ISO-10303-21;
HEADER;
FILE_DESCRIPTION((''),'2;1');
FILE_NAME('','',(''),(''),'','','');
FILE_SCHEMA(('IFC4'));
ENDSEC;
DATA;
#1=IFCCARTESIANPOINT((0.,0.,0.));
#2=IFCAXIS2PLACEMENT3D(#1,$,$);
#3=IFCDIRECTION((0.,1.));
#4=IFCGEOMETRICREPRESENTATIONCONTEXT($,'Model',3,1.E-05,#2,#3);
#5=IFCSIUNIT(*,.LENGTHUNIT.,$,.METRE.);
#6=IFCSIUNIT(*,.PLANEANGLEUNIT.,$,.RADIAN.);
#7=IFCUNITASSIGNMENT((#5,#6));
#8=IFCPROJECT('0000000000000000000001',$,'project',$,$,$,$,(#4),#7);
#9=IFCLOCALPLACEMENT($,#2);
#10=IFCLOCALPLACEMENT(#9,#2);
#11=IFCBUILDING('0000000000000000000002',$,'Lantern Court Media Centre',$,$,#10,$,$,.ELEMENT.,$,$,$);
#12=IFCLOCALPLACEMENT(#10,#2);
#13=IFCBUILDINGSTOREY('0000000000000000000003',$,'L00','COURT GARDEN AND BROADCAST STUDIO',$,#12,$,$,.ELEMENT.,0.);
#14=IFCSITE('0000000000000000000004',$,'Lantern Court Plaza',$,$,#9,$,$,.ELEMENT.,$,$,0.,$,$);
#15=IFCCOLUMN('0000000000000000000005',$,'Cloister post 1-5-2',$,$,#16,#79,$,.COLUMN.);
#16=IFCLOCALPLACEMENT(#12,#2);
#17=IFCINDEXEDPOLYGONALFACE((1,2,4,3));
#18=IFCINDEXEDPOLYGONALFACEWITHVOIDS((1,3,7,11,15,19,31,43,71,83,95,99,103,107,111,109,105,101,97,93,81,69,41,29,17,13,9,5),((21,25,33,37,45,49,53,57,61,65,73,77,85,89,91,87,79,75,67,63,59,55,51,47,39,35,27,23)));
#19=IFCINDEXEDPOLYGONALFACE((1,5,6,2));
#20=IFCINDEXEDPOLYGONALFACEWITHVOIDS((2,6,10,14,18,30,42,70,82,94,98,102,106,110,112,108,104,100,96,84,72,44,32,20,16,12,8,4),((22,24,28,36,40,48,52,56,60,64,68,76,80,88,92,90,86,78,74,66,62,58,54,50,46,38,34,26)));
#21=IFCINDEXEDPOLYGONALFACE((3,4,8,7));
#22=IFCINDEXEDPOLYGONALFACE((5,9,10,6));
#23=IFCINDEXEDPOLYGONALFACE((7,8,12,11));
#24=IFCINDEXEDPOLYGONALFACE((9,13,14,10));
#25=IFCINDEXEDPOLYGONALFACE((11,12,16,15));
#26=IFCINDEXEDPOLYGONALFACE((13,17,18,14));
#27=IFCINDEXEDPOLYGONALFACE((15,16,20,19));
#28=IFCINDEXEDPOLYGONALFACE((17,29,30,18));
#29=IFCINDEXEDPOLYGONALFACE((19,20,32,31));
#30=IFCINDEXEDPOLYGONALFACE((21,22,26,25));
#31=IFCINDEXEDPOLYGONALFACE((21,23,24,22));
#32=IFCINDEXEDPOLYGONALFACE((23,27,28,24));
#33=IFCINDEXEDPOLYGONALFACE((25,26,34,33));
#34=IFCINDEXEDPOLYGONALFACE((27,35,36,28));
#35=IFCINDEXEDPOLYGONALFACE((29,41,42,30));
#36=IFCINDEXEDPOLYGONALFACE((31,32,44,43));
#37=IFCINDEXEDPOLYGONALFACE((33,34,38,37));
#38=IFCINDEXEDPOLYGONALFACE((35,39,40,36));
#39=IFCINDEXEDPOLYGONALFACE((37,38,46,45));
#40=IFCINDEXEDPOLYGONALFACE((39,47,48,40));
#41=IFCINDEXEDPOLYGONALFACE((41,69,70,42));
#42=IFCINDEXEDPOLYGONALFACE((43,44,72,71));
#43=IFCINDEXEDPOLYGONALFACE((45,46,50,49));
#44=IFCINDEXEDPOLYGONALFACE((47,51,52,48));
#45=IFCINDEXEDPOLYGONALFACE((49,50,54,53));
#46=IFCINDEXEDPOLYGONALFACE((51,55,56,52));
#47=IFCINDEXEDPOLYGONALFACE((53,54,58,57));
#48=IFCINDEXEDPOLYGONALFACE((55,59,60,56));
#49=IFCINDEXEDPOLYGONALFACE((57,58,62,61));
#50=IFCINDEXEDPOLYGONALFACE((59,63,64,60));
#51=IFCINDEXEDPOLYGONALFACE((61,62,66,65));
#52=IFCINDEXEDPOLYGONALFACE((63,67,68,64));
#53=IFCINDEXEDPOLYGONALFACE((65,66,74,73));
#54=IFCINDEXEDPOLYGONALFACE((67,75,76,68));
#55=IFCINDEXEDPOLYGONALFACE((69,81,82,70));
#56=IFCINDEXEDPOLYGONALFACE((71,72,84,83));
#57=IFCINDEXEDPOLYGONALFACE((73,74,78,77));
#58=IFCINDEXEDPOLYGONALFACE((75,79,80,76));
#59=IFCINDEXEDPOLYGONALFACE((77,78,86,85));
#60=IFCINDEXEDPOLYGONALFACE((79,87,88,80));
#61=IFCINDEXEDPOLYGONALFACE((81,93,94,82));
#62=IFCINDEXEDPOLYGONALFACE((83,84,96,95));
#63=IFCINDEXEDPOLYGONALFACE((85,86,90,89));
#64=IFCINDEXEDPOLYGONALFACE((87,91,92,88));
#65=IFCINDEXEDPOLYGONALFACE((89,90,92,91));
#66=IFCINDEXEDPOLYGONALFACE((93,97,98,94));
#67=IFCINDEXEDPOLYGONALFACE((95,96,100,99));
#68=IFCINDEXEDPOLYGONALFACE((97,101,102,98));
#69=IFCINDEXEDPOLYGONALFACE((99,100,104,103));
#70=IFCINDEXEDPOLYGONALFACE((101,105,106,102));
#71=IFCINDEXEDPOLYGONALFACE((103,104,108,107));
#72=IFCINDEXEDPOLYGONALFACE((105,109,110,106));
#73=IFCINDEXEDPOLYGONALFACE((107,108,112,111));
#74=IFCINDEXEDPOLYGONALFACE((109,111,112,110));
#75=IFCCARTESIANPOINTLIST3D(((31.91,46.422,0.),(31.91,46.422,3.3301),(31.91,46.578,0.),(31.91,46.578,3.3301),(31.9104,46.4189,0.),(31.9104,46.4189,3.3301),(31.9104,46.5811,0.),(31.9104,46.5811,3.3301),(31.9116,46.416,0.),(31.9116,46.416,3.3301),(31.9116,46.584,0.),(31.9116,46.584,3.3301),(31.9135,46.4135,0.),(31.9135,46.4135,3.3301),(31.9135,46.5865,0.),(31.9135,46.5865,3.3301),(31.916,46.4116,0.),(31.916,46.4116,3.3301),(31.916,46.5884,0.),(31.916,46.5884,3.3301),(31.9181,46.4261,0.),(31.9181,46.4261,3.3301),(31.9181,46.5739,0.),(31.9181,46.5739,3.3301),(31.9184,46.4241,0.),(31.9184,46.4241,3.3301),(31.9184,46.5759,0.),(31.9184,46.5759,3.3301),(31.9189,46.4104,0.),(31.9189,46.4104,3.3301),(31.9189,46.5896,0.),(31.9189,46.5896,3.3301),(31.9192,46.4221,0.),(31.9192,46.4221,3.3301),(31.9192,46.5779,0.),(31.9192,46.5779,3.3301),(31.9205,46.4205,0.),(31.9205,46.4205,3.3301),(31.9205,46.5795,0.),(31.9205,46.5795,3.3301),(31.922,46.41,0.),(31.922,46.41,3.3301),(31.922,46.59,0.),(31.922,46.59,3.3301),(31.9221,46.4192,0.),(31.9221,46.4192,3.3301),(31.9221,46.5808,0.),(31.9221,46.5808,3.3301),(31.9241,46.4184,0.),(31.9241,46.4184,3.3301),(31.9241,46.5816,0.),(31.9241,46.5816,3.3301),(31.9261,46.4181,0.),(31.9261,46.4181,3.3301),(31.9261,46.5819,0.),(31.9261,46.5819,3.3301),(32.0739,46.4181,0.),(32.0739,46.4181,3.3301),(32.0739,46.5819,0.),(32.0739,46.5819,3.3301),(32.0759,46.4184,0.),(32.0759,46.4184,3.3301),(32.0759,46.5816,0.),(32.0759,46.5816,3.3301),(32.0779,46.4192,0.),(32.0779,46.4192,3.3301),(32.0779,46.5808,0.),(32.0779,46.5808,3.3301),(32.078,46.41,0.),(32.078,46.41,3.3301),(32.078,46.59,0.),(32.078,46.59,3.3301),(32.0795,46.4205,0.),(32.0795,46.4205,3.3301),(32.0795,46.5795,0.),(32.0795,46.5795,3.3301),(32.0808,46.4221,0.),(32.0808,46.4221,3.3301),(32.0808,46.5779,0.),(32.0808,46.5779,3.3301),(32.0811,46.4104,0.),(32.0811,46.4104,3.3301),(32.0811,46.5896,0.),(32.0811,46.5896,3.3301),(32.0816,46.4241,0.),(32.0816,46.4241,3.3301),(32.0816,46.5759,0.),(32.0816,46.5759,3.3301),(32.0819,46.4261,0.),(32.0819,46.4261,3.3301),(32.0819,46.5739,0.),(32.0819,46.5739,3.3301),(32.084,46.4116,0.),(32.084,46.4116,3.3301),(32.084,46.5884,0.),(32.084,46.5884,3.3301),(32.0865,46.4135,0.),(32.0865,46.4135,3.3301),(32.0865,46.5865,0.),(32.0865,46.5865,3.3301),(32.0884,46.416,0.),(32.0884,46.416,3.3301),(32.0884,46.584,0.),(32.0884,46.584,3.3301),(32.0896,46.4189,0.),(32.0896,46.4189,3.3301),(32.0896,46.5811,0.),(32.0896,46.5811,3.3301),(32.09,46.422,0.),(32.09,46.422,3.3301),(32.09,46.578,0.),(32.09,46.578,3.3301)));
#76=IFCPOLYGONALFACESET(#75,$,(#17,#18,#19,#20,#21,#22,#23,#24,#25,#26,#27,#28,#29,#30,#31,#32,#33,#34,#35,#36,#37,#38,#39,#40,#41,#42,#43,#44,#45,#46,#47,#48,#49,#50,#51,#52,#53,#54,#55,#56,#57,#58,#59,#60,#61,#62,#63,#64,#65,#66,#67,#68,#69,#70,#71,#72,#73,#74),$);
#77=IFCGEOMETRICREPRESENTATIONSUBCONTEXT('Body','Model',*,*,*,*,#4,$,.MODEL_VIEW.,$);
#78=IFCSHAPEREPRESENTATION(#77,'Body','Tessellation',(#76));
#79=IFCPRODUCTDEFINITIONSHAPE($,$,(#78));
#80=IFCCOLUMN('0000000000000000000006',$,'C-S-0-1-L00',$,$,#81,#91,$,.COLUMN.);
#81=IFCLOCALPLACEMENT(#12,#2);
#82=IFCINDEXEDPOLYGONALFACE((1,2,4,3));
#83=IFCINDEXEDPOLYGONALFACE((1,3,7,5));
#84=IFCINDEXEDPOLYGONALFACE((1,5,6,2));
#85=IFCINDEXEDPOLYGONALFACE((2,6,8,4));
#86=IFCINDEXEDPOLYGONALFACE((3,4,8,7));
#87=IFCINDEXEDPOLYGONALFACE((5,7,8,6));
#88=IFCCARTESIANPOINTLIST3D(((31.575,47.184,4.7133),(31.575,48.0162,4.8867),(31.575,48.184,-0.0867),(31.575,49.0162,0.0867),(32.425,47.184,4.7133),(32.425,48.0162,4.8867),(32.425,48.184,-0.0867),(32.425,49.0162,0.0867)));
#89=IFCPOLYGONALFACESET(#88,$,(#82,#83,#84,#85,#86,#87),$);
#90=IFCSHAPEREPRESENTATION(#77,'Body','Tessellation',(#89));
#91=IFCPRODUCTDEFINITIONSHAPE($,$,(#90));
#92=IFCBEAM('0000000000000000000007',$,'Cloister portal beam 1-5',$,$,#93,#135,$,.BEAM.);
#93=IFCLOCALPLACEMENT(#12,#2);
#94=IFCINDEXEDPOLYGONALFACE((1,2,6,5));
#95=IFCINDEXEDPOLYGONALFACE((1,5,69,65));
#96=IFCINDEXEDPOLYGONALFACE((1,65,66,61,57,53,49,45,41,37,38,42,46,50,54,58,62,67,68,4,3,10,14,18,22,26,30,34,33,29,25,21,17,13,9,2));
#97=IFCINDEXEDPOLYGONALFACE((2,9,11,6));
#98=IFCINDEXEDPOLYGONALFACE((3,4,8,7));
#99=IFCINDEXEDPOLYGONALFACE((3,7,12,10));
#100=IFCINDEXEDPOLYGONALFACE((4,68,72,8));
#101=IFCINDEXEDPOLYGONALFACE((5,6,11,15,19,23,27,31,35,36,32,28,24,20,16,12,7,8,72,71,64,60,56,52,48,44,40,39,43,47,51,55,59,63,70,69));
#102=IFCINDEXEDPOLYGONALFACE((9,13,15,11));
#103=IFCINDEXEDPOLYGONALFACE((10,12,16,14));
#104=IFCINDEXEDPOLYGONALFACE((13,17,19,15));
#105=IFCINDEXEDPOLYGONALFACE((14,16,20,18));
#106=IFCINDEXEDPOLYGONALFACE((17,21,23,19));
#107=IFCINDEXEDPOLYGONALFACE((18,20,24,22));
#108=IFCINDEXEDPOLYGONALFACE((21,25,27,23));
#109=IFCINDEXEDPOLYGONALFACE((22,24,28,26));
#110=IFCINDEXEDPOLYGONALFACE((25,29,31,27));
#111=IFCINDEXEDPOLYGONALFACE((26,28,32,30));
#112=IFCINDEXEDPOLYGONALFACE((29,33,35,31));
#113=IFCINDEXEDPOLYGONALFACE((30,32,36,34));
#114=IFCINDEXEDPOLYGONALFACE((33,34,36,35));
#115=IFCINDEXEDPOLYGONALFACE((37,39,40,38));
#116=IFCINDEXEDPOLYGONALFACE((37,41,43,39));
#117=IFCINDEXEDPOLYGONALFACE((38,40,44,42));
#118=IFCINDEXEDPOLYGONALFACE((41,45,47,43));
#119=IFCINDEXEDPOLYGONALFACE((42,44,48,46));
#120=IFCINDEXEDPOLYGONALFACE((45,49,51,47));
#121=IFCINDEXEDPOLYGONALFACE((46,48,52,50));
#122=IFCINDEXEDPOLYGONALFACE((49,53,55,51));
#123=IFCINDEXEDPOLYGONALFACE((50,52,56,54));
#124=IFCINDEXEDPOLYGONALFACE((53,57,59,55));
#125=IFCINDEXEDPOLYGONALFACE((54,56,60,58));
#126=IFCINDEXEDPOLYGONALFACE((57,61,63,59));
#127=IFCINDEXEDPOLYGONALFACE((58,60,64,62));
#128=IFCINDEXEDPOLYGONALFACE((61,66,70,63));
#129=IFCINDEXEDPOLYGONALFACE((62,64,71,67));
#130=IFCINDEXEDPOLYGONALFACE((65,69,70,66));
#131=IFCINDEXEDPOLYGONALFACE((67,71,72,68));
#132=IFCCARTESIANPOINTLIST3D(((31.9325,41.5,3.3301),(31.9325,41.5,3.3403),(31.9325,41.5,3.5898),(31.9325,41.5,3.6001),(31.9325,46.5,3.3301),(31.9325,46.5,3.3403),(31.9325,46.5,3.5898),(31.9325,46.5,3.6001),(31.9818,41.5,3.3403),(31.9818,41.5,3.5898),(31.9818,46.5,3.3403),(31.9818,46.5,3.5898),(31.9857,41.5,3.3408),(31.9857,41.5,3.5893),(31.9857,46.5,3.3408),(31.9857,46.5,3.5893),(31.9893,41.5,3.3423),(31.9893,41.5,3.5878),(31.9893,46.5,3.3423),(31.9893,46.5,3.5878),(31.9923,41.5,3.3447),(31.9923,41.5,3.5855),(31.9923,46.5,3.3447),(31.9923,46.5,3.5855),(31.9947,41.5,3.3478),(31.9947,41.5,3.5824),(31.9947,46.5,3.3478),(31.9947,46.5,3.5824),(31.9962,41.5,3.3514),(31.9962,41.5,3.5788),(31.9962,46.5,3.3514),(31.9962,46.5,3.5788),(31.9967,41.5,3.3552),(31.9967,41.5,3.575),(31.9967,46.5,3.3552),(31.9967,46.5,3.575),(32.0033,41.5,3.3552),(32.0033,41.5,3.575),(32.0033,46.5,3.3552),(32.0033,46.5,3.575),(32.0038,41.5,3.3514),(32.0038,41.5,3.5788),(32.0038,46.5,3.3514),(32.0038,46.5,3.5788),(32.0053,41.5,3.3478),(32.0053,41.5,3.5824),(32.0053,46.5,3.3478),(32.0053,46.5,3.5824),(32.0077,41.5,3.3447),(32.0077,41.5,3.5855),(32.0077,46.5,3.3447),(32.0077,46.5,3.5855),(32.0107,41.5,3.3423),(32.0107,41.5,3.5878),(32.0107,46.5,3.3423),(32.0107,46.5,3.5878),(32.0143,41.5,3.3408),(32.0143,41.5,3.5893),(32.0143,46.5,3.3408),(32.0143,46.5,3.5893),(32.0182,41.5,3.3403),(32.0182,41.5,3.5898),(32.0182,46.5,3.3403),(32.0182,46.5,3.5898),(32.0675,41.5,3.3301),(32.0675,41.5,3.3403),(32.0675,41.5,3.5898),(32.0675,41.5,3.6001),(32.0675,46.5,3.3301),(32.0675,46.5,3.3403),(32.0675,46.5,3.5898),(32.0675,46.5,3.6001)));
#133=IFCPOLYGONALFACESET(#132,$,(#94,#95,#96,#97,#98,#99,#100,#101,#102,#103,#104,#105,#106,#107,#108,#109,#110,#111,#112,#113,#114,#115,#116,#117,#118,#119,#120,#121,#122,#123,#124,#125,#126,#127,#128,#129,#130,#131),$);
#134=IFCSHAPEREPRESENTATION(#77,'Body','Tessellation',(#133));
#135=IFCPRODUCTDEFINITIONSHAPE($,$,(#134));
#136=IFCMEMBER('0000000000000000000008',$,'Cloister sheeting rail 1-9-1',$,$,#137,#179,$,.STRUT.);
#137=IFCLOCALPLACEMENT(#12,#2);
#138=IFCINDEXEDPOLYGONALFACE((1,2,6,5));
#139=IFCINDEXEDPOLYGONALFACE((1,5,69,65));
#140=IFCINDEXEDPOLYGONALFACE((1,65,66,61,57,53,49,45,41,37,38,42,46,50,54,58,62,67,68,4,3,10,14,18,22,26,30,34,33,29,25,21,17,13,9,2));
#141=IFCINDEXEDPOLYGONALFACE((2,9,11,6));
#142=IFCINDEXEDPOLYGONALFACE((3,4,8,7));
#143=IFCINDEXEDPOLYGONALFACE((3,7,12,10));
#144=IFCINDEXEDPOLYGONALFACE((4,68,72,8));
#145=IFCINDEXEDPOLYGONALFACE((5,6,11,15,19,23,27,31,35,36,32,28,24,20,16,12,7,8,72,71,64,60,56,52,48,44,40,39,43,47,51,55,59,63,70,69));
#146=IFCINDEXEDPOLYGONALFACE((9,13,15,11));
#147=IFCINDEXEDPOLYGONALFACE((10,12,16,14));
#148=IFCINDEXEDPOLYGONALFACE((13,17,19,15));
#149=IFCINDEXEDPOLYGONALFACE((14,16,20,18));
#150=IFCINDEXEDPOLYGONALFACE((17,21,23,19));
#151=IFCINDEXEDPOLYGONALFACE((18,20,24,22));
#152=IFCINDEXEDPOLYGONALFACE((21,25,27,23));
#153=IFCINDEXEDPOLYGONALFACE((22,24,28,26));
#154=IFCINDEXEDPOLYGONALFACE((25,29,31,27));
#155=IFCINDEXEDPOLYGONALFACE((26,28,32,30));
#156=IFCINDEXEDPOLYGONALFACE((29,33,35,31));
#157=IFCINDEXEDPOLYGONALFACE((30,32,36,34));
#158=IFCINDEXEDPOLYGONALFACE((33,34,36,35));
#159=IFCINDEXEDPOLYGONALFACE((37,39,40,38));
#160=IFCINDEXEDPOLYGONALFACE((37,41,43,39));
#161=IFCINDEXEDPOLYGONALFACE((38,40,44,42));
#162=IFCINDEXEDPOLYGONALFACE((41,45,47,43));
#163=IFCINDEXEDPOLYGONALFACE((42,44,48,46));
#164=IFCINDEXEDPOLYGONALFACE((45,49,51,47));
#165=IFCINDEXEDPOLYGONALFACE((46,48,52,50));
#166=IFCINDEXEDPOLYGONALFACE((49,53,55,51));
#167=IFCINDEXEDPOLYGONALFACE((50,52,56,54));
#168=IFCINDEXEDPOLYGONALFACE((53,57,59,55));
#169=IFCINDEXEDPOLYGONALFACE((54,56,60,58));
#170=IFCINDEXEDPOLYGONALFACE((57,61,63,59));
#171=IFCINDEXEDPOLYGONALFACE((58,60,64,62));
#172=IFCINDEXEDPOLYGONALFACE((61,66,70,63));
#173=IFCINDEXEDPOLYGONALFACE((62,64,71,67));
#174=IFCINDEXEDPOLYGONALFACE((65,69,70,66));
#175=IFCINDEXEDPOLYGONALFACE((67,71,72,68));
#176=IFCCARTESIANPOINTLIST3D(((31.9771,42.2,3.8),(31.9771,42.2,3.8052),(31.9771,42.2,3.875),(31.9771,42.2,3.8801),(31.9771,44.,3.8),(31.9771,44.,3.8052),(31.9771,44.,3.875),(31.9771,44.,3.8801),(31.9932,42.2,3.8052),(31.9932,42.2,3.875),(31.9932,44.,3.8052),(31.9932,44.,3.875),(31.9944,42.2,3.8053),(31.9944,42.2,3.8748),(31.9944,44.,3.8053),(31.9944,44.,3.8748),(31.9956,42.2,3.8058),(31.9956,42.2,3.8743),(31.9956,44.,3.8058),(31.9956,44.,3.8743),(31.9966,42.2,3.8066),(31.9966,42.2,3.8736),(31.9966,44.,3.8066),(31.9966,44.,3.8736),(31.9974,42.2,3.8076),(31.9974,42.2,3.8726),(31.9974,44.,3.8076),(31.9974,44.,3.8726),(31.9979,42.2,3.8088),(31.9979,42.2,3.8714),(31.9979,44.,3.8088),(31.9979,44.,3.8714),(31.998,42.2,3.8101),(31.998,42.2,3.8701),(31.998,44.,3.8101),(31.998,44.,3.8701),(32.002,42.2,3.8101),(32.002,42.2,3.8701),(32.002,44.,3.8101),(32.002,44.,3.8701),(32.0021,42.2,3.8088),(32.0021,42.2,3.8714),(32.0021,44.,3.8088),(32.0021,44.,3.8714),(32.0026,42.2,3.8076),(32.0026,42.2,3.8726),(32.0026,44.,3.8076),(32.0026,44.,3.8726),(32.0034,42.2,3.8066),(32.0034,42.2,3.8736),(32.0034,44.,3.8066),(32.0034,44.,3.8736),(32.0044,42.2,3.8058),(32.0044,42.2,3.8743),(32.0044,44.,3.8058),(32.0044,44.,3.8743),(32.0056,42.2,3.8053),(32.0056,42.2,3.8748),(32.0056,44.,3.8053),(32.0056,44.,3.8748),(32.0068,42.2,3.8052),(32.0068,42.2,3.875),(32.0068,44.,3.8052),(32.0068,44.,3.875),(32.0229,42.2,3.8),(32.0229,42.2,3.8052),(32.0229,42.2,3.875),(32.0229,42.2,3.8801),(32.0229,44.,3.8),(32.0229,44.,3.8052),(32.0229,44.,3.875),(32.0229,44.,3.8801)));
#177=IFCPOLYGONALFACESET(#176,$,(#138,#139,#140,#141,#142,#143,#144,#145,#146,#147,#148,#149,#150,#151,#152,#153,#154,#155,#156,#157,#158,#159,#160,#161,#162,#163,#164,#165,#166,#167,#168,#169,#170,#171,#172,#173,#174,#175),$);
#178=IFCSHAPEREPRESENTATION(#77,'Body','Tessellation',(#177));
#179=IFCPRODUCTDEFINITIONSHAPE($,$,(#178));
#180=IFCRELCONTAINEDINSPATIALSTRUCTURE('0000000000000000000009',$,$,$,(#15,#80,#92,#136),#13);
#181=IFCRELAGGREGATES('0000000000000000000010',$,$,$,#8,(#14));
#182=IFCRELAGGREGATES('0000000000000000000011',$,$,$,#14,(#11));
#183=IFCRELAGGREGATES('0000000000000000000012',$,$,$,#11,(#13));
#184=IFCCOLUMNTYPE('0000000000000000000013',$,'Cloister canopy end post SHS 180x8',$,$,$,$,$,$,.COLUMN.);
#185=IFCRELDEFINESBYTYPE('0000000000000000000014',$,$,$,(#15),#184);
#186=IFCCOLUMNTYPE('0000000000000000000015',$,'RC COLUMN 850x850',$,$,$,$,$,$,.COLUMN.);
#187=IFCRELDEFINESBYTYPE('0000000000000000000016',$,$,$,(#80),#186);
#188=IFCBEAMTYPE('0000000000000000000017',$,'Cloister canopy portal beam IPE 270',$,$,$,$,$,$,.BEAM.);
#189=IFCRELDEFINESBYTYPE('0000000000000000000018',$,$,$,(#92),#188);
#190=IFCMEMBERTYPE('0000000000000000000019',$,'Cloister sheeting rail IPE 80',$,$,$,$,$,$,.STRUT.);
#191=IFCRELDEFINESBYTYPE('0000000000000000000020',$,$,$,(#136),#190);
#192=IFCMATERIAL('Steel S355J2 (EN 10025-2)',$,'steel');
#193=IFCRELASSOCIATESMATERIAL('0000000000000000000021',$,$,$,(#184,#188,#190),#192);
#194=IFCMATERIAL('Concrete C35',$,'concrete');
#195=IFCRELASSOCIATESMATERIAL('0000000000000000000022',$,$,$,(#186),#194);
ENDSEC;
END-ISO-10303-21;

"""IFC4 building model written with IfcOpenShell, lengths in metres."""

from ifc_helpers import new_model, si_unit, direction, frame, origin, origin_2d, place, context, subcontext, project, spatial, rectangle, hollow_rectangle, i_section, extrude, material, material_profile, profile_set, type_object, element, save


model = new_model("IFC4")

# Units and contexts
model_context = context("Model", 3, precision=1e-05, world=origin(), true_north=direction((0.0, 1.0)))
body_context = subcontext(model_context, "Body", "Model", "MODEL_VIEW")
ifc_project = project(units=[si_unit("LENGTHUNIT", "METRE"), si_unit("PLANEANGLEUNIT", "RADIAN")], contexts=[model_context])

# Site, building, storey
site_placement = place(None, origin())
site = spatial("IfcSite", under=ifc_project, at=site_placement, Name="Lantern Court Plaza", CompositionType="ELEMENT", RefElevation=0.0)
building_placement = place(site_placement, origin())
building = spatial("IfcBuilding", under=site, at=building_placement, Name="Lantern Court Media Centre", CompositionType="ELEMENT")
storey_placement = place(building_placement, origin())
storey = spatial("IfcBuildingStorey", under=building, at=storey_placement, Name="L00", Description="COURT GARDEN AND BROADCAST STUDIO", CompositionType="ELEMENT", Elevation=0.0)

# Columns
ifc_material_1 = material(Name="Steel S355J2 (EN 10025-2)", Category="steel")
ifc_material_profile_1 = material_profile(ifc_material_1, hollow_rectangle(XDim=0.1799, YDim=0.1799, WallThickness=0.0081, InnerFilletRadius=0.0081, OuterFilletRadius=0.012, at=origin_2d()), Name="Cloister canopy end post SHS 180x8")
ifc_profile_set_1 = profile_set([ifc_material_profile_1], Name="Steel S355J2 (EN 10025-2)")
column_type_1 = type_object("IfcColumnType", Name="Cloister canopy end post SHS 180x8", PredefinedType="COLUMN", material=ifc_profile_set_1)
for number, where, z_axis, x_axis, name in (
    (1, (32.0, 46.5, 0.0), (0.0, 0.0, 1.0), (1.0, 0.0, 0.0), "Cloister post 1-5-2"),
):
    element("IfcColumn", number, at=place(storey_placement, frame(where, z_axis=z_axis, x_axis=x_axis)), inside=storey, type_object=column_type_1, Name=name, PredefinedType="COLUMN", context=body_context, shape_type="SweptSolid", body=[
        extrude(hollow_rectangle(XDim=0.1799, YDim=0.1799, WallThickness=0.0081, InnerFilletRadius=0.0081, OuterFilletRadius=0.012, at=origin_2d()), origin(), (0.0, 0.0, 1.0), 3.3301),
    ])
ifc_material_2 = material(Name="Concrete C35", Category="concrete")
ifc_material_profile_2 = material_profile(ifc_material_2, rectangle(XDim=0.8501, YDim=0.8501, at=origin_2d()), Name="RC 850x850")
ifc_profile_set_2 = profile_set([ifc_material_profile_2], Name="Concrete C35")
column_type_2 = type_object("IfcColumnType", Name="RC COLUMN 850x850", PredefinedType="COLUMN", material=ifc_profile_set_2)
column_1_placement = place(storey_placement, frame((32.0, 48.6001, 0.0), z_axis=(0.0, -0.203952, 0.978981), x_axis=(1.0, 0.0, 0.0)))
element("IfcColumn", 2, at=column_1_placement, inside=storey, type_object=column_type_2, Name="C-S-0-1-L00", PredefinedType="COLUMN", context=body_context, shape_type="SweptSolid", body=[
    extrude(rectangle(XDim=0.8501, YDim=0.8501, at=origin_2d()), origin(), (0.0, 0.0, 1.0), 4.9031),
])

# Beam
ifc_material_profile_3 = material_profile(ifc_material_1, i_section(OverallWidth=0.135, OverallDepth=0.27, WebThickness=0.0066, FlangeThickness=0.0103, FilletRadius=0.0149, at=origin_2d()), Name="IPE 270")
ifc_profile_set_3 = profile_set([ifc_material_profile_3], Name="Steel S355J2 (EN 10025-2)")
beam_type_1 = type_object("IfcBeamType", Name="Cloister canopy portal beam IPE 270", PredefinedType="BEAM", material=ifc_profile_set_3)
beam_1_placement = place(storey_placement, frame((32.0, 41.5, 3.4651), z_axis=(0.0, 1.0, 0.0), x_axis=(-1.0, 0.0, 0.0)))
element("IfcBeam", 3, at=beam_1_placement, inside=storey, type_object=beam_type_1, Name="Cloister portal beam 1-5", PredefinedType="BEAM", context=body_context, shape_type="SweptSolid", body=[
    extrude(i_section(OverallWidth=0.135, OverallDepth=0.27, WebThickness=0.0066, FlangeThickness=0.0103, FilletRadius=0.0149, at=origin_2d()), origin(), (0.0, 0.0, 1.0), 5.0),
])

# Member
ifc_material_profile_4 = material_profile(ifc_material_1, i_section(OverallWidth=0.0459, OverallDepth=0.0801, WebThickness=0.0039, FlangeThickness=0.0051, FilletRadius=0.0049, at=origin_2d()), Name="IPE 80")
ifc_profile_set_4 = profile_set([ifc_material_profile_4], Name="Steel S355J2 (EN 10025-2)")
member_type_1 = type_object("IfcMemberType", Name="Cloister sheeting rail IPE 80", PredefinedType="STRUT", material=ifc_profile_set_4)
for number, where, z_axis, x_axis, name in (
    (4, (32.0, 42.2, 3.8401), (0.0, 1.0, 0.0), (-1.0, 0.0, 0.0), "Cloister sheeting rail 1-9-1"),
):
    element("IfcMember", number, at=place(storey_placement, frame(where, z_axis=z_axis, x_axis=x_axis)), inside=storey, type_object=member_type_1, Name=name, PredefinedType="STRUT", context=body_context, shape_type="SweptSolid", body=[
        extrude(i_section(OverallWidth=0.0459, OverallDepth=0.0801, WebThickness=0.0039, FlangeThickness=0.0051, FilletRadius=0.0049, at=origin_2d()), origin(), (0.0, 0.0, 1.0), 1.8),
    ])

save(model, "model.ifc")
